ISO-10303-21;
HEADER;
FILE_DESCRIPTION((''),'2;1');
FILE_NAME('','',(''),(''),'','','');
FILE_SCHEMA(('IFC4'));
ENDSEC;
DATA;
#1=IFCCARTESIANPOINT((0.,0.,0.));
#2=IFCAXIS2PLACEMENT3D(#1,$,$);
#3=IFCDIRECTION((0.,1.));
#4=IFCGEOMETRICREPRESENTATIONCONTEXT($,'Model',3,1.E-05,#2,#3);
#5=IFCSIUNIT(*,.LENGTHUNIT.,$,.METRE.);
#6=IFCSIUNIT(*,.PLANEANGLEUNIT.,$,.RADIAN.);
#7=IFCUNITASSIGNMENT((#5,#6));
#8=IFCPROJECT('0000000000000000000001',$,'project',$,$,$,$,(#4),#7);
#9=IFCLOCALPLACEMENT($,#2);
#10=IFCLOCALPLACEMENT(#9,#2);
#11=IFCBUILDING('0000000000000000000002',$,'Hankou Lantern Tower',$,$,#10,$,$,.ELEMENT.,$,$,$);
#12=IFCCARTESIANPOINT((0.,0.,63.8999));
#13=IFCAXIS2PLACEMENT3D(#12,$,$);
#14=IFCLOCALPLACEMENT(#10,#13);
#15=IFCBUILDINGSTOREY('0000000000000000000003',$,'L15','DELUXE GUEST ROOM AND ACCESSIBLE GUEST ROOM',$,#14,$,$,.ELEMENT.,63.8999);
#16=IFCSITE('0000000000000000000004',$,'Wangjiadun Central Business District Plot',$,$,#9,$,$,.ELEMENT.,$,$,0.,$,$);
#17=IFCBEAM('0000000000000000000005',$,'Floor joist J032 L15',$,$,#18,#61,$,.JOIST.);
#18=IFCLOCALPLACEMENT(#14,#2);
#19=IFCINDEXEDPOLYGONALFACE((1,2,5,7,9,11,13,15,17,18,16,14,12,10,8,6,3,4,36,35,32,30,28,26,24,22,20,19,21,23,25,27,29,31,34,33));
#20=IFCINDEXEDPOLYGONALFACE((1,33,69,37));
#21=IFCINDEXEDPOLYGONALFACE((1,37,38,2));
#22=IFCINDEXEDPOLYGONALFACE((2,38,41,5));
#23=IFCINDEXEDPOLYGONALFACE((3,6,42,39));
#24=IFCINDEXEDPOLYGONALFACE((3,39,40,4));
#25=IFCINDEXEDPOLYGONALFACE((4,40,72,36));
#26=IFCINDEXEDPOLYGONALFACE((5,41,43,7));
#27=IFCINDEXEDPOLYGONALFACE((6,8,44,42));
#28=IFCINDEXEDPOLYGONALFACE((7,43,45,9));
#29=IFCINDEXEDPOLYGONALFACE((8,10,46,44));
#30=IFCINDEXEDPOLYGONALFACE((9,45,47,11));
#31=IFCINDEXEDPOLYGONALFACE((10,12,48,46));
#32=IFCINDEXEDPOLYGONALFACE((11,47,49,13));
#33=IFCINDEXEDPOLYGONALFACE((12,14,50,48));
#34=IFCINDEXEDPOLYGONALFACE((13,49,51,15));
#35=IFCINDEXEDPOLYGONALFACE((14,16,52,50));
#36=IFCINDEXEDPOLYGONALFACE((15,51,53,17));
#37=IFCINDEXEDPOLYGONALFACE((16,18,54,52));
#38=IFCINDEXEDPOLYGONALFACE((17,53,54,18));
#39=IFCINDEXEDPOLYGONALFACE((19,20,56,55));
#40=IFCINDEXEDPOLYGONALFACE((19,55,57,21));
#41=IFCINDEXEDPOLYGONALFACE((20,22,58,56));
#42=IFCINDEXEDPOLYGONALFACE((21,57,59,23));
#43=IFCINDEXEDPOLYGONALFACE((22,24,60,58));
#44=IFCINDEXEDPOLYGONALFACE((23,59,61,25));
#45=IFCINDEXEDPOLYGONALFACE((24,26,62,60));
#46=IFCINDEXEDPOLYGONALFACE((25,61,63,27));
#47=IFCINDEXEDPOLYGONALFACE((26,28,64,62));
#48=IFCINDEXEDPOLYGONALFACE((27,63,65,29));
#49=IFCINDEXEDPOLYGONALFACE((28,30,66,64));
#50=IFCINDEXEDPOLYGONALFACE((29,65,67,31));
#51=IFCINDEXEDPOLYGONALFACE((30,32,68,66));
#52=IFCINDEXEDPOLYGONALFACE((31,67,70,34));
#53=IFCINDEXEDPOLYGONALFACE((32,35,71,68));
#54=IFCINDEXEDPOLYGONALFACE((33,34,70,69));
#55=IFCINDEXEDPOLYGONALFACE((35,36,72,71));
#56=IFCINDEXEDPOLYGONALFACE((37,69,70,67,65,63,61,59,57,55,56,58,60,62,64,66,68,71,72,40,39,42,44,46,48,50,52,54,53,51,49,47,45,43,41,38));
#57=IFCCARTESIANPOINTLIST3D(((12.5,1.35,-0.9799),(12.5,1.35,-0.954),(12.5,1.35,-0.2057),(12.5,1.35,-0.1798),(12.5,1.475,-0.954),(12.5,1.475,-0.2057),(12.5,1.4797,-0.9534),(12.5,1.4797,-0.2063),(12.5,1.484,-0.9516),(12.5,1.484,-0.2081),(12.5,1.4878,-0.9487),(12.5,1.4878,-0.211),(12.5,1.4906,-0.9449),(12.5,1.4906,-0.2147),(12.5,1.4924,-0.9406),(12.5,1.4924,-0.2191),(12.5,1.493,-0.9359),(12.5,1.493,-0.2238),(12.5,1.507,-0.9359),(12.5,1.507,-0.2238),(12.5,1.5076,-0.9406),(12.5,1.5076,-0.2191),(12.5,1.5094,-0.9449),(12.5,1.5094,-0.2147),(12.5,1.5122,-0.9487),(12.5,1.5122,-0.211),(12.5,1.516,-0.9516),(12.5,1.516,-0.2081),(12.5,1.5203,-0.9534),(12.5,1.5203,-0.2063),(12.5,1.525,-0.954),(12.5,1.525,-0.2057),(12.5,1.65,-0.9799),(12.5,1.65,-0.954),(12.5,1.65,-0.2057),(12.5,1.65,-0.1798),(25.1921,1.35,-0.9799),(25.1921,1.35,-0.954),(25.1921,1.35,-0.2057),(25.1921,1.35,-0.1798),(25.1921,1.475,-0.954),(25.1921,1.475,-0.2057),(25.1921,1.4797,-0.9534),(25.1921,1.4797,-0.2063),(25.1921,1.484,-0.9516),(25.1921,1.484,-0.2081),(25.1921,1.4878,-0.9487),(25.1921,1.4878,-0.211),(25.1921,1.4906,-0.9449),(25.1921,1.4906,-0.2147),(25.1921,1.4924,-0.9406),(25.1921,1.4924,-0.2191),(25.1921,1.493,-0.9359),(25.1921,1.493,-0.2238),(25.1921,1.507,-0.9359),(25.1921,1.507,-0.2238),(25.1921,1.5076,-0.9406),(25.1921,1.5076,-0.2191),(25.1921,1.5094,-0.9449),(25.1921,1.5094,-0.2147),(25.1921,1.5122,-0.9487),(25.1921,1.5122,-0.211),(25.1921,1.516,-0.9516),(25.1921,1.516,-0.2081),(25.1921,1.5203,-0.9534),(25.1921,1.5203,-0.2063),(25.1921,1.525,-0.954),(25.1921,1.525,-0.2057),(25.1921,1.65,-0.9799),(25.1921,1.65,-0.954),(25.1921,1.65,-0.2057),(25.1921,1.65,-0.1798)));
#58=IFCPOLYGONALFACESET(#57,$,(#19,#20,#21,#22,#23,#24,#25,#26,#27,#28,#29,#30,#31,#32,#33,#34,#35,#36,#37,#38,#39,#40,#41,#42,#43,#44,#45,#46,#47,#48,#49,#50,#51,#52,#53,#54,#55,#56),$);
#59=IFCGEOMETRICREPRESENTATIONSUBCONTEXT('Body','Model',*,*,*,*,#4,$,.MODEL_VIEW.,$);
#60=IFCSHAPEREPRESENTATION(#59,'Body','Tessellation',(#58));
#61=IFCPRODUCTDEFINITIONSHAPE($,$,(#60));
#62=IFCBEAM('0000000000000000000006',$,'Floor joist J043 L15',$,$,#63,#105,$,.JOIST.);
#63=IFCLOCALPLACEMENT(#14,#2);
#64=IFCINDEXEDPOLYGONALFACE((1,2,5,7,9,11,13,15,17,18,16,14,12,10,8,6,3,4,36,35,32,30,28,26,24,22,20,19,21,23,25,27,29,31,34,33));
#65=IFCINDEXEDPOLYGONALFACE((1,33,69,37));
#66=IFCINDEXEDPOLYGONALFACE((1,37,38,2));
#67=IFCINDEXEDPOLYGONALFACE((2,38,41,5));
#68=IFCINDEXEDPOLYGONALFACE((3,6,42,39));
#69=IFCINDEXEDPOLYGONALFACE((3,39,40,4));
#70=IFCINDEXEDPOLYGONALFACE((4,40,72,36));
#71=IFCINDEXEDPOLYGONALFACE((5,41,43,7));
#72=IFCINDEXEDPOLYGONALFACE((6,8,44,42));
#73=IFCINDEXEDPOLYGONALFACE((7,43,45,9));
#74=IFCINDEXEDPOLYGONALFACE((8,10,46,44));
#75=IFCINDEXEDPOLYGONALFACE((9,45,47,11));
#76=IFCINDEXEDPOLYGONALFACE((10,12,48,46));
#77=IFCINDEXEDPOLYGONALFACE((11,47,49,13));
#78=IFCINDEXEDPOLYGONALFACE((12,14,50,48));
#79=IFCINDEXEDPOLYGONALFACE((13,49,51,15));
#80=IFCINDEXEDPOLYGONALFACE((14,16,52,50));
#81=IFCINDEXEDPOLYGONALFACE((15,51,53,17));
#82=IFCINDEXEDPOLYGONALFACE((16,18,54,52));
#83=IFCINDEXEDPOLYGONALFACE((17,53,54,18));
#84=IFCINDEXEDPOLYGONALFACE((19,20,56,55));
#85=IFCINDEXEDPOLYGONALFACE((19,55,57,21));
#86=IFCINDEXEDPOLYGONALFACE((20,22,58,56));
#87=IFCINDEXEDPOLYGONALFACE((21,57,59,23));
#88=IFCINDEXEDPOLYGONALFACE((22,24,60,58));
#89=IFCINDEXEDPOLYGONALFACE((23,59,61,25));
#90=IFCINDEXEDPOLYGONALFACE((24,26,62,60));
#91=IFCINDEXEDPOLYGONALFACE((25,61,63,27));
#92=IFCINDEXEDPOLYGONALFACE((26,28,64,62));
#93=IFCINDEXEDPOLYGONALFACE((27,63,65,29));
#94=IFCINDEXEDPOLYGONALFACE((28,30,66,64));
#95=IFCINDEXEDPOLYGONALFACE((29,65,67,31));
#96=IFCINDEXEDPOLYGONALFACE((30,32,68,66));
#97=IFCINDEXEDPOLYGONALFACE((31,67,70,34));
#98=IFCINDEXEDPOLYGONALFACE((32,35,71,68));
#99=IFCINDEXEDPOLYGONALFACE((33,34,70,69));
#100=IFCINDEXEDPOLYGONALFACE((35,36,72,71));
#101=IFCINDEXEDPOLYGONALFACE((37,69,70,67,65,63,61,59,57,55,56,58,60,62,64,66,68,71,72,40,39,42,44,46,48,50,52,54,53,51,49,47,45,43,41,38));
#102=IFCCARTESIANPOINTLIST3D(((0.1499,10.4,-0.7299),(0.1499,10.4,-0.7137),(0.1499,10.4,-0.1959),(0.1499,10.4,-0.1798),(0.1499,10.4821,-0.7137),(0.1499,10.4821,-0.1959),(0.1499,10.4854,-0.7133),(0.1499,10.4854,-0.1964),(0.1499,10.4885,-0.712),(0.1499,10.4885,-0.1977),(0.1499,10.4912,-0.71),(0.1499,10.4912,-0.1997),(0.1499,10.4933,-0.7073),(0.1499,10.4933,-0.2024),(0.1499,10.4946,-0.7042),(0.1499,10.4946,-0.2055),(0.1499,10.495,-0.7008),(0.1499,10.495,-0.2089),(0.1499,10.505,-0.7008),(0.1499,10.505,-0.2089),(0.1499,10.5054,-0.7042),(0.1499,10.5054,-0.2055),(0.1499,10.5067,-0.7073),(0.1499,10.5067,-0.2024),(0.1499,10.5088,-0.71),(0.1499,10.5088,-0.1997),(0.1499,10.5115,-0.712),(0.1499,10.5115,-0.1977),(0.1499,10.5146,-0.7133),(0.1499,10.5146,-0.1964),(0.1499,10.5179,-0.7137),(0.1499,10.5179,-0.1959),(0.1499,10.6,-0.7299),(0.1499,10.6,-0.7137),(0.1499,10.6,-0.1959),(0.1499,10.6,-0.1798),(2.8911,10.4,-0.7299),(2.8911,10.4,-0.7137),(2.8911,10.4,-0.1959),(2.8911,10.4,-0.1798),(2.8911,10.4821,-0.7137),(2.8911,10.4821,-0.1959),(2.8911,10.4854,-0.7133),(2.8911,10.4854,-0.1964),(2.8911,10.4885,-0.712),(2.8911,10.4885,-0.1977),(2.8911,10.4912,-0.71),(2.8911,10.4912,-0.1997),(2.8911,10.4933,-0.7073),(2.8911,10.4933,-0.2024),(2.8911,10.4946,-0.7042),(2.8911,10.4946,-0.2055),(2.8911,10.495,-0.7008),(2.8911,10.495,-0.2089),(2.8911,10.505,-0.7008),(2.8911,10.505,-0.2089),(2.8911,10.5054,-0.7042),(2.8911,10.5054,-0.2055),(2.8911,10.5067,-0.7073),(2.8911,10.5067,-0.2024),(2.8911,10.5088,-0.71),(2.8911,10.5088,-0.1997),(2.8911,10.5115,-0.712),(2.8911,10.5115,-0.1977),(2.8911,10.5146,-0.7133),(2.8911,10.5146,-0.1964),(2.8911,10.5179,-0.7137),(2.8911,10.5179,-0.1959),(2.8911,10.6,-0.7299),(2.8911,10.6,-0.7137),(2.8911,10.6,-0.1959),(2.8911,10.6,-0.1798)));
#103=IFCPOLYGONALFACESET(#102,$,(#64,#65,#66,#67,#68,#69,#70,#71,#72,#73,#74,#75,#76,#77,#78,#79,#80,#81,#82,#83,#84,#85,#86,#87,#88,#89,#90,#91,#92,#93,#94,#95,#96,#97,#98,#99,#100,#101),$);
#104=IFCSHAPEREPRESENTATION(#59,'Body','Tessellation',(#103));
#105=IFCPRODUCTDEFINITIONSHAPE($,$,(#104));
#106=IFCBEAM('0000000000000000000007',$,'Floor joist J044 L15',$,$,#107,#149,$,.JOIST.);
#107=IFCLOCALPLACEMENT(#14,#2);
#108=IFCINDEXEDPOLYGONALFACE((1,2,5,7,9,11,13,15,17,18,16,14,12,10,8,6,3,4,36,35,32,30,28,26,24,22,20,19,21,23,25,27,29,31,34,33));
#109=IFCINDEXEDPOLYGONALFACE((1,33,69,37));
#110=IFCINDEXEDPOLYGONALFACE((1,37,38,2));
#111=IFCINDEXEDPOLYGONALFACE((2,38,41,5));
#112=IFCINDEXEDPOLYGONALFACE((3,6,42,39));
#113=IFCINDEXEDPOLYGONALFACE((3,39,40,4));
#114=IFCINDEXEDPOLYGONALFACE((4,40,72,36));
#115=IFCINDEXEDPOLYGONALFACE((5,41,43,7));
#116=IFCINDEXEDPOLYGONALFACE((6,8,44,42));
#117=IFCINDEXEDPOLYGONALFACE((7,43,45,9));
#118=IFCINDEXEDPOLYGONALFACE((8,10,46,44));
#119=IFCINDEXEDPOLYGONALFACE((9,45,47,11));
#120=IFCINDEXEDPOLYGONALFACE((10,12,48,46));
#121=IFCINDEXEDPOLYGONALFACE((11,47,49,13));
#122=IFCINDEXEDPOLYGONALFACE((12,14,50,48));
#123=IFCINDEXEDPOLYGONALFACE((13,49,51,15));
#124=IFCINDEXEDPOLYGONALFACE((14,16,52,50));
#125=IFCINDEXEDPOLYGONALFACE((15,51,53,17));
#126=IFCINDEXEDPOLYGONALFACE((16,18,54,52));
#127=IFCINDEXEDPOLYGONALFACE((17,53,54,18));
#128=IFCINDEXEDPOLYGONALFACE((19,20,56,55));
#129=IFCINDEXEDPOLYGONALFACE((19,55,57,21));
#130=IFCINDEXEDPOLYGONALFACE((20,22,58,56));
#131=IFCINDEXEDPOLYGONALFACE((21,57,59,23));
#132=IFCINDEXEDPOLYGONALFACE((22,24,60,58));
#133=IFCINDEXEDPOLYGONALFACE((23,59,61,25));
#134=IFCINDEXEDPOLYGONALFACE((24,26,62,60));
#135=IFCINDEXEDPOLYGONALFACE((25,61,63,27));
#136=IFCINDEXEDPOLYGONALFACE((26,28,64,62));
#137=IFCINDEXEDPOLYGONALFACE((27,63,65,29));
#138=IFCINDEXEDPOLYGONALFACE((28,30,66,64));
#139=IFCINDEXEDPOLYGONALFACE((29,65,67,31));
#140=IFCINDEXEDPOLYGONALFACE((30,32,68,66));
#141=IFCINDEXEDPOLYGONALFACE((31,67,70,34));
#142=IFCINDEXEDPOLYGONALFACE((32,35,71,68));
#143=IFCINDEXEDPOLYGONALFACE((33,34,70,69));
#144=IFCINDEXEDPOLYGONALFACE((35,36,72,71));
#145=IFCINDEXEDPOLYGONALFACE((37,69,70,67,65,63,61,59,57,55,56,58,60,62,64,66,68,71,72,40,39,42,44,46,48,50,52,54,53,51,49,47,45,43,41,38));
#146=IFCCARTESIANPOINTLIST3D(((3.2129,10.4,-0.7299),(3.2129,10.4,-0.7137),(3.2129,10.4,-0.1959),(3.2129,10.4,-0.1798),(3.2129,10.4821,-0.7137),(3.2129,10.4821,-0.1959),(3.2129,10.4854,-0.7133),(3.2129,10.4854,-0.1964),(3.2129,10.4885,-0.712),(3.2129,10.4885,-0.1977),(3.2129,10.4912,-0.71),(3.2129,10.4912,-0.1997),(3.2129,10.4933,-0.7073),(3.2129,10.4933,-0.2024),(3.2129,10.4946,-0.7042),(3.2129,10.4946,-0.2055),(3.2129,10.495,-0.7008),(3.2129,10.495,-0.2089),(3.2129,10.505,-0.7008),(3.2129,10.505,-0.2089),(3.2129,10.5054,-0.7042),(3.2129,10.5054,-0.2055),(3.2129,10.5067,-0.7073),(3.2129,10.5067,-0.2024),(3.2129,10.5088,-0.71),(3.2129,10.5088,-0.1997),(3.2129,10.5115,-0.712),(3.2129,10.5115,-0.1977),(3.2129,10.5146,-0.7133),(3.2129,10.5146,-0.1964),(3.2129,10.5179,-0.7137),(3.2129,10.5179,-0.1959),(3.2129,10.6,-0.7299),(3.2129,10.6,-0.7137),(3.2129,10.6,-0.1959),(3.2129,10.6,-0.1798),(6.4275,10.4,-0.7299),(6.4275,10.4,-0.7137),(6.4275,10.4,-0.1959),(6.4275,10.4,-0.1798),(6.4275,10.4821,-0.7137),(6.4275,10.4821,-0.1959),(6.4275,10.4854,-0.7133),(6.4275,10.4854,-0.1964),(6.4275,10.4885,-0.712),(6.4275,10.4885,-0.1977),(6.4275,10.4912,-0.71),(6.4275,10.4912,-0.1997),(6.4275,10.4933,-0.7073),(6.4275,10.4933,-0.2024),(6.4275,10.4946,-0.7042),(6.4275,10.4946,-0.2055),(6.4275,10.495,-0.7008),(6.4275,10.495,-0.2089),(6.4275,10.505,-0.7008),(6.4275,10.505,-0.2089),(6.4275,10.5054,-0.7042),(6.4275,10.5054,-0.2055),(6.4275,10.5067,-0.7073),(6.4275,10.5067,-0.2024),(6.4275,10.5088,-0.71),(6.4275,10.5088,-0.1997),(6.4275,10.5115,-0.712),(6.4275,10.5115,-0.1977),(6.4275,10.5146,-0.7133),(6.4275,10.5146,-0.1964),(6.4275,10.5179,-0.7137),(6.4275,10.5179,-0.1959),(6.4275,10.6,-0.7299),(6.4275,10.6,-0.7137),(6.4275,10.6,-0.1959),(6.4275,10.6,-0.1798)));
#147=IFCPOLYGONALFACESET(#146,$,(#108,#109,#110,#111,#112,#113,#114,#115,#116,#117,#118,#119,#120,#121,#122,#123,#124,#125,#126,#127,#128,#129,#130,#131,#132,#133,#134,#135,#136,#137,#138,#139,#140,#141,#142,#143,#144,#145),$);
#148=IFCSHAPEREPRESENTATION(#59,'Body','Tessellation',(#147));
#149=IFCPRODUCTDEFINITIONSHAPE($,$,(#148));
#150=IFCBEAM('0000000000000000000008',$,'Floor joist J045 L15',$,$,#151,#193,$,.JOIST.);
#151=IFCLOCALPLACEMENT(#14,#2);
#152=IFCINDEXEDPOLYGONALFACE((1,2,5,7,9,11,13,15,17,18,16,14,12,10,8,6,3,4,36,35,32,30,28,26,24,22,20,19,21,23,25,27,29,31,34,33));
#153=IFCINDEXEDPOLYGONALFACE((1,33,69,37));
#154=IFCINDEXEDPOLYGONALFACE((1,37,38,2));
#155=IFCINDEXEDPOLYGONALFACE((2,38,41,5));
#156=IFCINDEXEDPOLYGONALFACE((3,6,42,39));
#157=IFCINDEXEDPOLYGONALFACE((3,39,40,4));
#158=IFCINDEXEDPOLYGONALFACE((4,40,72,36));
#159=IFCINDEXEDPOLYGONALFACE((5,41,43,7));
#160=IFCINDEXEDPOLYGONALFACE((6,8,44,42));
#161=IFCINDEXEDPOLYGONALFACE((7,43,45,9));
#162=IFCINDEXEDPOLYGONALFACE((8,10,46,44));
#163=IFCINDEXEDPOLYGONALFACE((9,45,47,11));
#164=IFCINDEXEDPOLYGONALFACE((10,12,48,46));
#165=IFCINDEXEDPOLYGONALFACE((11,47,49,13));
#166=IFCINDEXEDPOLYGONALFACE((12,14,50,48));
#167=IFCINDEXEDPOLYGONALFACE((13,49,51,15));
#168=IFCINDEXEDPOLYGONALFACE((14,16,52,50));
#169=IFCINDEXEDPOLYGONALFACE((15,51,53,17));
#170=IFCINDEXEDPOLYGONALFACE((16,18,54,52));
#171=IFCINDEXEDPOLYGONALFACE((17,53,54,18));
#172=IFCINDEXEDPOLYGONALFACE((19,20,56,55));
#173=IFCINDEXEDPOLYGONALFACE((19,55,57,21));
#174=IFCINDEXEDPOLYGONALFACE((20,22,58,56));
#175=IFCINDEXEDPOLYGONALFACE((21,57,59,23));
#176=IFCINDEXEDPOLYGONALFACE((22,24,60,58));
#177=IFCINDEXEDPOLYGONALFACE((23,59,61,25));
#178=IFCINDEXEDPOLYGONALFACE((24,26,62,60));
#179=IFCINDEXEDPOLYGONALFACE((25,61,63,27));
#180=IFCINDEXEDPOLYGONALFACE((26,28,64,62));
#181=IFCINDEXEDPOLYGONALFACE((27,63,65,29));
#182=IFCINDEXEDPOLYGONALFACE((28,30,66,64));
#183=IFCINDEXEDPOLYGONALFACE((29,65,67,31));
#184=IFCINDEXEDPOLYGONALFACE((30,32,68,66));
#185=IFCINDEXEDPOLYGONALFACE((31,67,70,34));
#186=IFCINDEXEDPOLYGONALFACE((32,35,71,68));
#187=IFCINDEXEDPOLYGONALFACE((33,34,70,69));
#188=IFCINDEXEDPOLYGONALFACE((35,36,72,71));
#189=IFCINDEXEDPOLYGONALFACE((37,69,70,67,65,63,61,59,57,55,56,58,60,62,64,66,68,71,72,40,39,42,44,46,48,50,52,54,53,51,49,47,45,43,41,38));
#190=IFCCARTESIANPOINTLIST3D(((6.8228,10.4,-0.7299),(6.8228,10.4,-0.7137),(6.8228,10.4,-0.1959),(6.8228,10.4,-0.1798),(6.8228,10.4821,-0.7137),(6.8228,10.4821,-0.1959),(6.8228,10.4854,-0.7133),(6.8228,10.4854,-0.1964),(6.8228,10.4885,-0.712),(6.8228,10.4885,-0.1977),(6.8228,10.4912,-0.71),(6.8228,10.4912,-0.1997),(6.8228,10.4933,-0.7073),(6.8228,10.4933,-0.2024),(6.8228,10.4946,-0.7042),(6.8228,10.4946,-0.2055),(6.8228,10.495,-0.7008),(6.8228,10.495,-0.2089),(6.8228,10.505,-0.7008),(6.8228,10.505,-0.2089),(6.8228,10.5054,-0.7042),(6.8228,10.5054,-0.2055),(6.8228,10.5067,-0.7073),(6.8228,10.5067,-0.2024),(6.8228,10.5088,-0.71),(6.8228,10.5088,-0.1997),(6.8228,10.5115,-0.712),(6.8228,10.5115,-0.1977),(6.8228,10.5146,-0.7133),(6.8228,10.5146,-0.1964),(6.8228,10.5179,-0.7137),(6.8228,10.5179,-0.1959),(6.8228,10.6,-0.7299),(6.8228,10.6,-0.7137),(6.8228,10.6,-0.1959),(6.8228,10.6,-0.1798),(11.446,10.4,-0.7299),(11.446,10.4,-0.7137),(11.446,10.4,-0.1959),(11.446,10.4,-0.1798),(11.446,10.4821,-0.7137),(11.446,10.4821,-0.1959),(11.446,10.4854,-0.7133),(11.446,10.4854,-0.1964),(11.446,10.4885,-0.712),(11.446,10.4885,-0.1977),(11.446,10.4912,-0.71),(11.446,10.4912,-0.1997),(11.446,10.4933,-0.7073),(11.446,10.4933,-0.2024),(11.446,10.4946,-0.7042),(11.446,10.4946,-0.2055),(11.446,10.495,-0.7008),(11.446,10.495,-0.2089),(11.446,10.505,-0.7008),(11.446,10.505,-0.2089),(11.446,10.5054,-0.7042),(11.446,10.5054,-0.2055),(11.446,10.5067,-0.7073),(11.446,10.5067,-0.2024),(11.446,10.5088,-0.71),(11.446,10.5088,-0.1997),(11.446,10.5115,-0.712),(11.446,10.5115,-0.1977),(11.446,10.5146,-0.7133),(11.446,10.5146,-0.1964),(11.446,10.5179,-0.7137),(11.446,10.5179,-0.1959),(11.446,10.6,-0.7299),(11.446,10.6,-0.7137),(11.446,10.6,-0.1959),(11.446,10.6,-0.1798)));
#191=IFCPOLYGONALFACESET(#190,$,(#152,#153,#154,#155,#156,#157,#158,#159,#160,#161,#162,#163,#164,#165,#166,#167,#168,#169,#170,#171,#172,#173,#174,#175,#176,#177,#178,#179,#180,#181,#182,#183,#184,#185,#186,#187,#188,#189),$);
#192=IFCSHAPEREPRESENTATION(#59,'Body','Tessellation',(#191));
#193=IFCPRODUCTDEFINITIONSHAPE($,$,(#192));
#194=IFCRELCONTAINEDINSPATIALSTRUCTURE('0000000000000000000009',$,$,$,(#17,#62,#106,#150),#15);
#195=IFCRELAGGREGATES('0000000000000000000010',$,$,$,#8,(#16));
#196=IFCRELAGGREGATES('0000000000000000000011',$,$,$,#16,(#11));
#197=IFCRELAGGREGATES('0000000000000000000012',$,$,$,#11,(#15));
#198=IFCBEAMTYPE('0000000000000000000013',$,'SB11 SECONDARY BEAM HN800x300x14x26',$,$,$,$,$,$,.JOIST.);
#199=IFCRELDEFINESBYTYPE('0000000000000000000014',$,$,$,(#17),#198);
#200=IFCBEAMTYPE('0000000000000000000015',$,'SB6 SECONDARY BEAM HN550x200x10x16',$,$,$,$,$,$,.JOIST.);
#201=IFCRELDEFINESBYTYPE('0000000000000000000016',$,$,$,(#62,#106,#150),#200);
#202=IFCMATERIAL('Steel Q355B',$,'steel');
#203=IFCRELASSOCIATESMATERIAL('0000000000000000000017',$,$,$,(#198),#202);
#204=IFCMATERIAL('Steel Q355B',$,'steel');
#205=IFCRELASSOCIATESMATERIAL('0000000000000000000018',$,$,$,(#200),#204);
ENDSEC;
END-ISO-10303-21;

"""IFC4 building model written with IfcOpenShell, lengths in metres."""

from ifc_helpers import new_model, si_unit, direction, frame, origin, origin_2d, place, context, subcontext, project, spatial, i_section, extrude, material, material_profile, profile_set, type_object, element, save


model = new_model("IFC4")

# Units and contexts
model_context = context("Model", 3, precision=1e-05, world=origin(), true_north=direction((0.0, 1.0)))
body_context = subcontext(model_context, "Body", "Model", "MODEL_VIEW")
ifc_project = project(units=[si_unit("LENGTHUNIT", "METRE"), si_unit("PLANEANGLEUNIT", "RADIAN")], contexts=[model_context])

# Site, building, storey
site_placement = place(None, origin())
site = spatial("IfcSite", under=ifc_project, at=site_placement, Name="Wangjiadun Central Business District Plot", CompositionType="ELEMENT", RefElevation=0.0)
building_placement = place(site_placement, origin())
building = spatial("IfcBuilding", under=site, at=building_placement, Name="Hankou Lantern Tower", CompositionType="ELEMENT")
storey_placement = place(building_placement, frame((0.0, 0.0, 63.8999)))
storey = spatial("IfcBuildingStorey", under=building, at=storey_placement, Name="L15", Description="DELUXE GUEST ROOM AND ACCESSIBLE GUEST ROOM", CompositionType="ELEMENT", Elevation=63.8999)

# Beams
ifc_material_1 = material(Name="Steel Q355B", Category="steel")
ifc_material_profile_1 = material_profile(ifc_material_1, i_section(OverallWidth=0.3, OverallDepth=0.8, WebThickness=0.0139, FlangeThickness=0.0259, FilletRadius=0.0181, at=origin_2d()), Name="HN800x300x14x26")
ifc_profile_set_1 = profile_set([ifc_material_profile_1], Name="Steel Q355B")
beam_type_1 = type_object("IfcBeamType", Name="SB11 SECONDARY BEAM HN800x300x14x26", PredefinedType="JOIST", material=ifc_profile_set_1)
for number, where, z_axis, x_axis, name in (
    (1, (12.5, 1.5, -0.5798), (1.0, 0.0, 0.0), (0.0, 1.0, 0.0), "Floor joist J032 L15"),
):
    element("IfcBeam", number, at=place(storey_placement, frame(where, z_axis=z_axis, x_axis=x_axis)), inside=storey, type_object=beam_type_1, Name=name, PredefinedType="JOIST", context=body_context, shape_type="SweptSolid", body=[
        extrude(i_section(OverallWidth=0.3, OverallDepth=0.8, WebThickness=0.0139, FlangeThickness=0.0259, FilletRadius=0.0181, at=origin_2d()), origin(), (0.0, 0.0, 1.0), 12.6921),
    ])
ifc_material_2 = material(Name="Steel Q355B", Category="steel")
ifc_material_profile_2 = material_profile(ifc_material_2, i_section(OverallWidth=0.2, OverallDepth=0.55, WebThickness=0.01, FlangeThickness=0.0161, FilletRadius=0.0129, at=origin_2d()), Name="HN550x200x10x16")
ifc_profile_set_2 = profile_set([ifc_material_profile_2], Name="Steel Q355B")
beam_type_2 = type_object("IfcBeamType", Name="SB6 SECONDARY BEAM HN550x200x10x16", PredefinedType="JOIST", material=ifc_profile_set_2)
beam_1_placement = place(storey_placement, frame((0.1499, 10.5, -0.4548), z_axis=(1.0, 0.0, 0.0), x_axis=(0.0, 1.0, 0.0)))
element("IfcBeam", 2, at=beam_1_placement, inside=storey, type_object=beam_type_2, Name="Floor joist J043 L15", PredefinedType="JOIST", context=body_context, shape_type="SweptSolid", body=[
    extrude(i_section(OverallWidth=0.2, OverallDepth=0.55, WebThickness=0.01, FlangeThickness=0.0161, FilletRadius=0.0129, at=origin_2d()), origin(), (0.0, 0.0, 1.0), 2.7412),
])
beam_2_placement = place(storey_placement, frame((3.2129, 10.5, -0.4548), z_axis=(1.0, 0.0, 0.0), x_axis=(0.0, 1.0, 0.0)))
element("IfcBeam", 3, at=beam_2_placement, inside=storey, type_object=beam_type_2, Name="Floor joist J044 L15", PredefinedType="JOIST", context=body_context, shape_type="SweptSolid", body=[
    extrude(i_section(OverallWidth=0.2, OverallDepth=0.55, WebThickness=0.01, FlangeThickness=0.0161, FilletRadius=0.0129, at=origin_2d()), origin(), (0.0, 0.0, 1.0), 3.2146),
])
beam_3_placement = place(storey_placement, frame((6.8228, 10.5, -0.4548), z_axis=(1.0, 0.0, 0.0), x_axis=(0.0, 1.0, 0.0)))
element("IfcBeam", 4, at=beam_3_placement, inside=storey, type_object=beam_type_2, Name="Floor joist J045 L15", PredefinedType="JOIST", context=body_context, shape_type="SweptSolid", body=[
    extrude(i_section(OverallWidth=0.2, OverallDepth=0.55, WebThickness=0.01, FlangeThickness=0.0161, FilletRadius=0.0129, at=origin_2d()), origin(), (0.0, 0.0, 1.0), 4.6233),
])

save(model, "model.ifc")
